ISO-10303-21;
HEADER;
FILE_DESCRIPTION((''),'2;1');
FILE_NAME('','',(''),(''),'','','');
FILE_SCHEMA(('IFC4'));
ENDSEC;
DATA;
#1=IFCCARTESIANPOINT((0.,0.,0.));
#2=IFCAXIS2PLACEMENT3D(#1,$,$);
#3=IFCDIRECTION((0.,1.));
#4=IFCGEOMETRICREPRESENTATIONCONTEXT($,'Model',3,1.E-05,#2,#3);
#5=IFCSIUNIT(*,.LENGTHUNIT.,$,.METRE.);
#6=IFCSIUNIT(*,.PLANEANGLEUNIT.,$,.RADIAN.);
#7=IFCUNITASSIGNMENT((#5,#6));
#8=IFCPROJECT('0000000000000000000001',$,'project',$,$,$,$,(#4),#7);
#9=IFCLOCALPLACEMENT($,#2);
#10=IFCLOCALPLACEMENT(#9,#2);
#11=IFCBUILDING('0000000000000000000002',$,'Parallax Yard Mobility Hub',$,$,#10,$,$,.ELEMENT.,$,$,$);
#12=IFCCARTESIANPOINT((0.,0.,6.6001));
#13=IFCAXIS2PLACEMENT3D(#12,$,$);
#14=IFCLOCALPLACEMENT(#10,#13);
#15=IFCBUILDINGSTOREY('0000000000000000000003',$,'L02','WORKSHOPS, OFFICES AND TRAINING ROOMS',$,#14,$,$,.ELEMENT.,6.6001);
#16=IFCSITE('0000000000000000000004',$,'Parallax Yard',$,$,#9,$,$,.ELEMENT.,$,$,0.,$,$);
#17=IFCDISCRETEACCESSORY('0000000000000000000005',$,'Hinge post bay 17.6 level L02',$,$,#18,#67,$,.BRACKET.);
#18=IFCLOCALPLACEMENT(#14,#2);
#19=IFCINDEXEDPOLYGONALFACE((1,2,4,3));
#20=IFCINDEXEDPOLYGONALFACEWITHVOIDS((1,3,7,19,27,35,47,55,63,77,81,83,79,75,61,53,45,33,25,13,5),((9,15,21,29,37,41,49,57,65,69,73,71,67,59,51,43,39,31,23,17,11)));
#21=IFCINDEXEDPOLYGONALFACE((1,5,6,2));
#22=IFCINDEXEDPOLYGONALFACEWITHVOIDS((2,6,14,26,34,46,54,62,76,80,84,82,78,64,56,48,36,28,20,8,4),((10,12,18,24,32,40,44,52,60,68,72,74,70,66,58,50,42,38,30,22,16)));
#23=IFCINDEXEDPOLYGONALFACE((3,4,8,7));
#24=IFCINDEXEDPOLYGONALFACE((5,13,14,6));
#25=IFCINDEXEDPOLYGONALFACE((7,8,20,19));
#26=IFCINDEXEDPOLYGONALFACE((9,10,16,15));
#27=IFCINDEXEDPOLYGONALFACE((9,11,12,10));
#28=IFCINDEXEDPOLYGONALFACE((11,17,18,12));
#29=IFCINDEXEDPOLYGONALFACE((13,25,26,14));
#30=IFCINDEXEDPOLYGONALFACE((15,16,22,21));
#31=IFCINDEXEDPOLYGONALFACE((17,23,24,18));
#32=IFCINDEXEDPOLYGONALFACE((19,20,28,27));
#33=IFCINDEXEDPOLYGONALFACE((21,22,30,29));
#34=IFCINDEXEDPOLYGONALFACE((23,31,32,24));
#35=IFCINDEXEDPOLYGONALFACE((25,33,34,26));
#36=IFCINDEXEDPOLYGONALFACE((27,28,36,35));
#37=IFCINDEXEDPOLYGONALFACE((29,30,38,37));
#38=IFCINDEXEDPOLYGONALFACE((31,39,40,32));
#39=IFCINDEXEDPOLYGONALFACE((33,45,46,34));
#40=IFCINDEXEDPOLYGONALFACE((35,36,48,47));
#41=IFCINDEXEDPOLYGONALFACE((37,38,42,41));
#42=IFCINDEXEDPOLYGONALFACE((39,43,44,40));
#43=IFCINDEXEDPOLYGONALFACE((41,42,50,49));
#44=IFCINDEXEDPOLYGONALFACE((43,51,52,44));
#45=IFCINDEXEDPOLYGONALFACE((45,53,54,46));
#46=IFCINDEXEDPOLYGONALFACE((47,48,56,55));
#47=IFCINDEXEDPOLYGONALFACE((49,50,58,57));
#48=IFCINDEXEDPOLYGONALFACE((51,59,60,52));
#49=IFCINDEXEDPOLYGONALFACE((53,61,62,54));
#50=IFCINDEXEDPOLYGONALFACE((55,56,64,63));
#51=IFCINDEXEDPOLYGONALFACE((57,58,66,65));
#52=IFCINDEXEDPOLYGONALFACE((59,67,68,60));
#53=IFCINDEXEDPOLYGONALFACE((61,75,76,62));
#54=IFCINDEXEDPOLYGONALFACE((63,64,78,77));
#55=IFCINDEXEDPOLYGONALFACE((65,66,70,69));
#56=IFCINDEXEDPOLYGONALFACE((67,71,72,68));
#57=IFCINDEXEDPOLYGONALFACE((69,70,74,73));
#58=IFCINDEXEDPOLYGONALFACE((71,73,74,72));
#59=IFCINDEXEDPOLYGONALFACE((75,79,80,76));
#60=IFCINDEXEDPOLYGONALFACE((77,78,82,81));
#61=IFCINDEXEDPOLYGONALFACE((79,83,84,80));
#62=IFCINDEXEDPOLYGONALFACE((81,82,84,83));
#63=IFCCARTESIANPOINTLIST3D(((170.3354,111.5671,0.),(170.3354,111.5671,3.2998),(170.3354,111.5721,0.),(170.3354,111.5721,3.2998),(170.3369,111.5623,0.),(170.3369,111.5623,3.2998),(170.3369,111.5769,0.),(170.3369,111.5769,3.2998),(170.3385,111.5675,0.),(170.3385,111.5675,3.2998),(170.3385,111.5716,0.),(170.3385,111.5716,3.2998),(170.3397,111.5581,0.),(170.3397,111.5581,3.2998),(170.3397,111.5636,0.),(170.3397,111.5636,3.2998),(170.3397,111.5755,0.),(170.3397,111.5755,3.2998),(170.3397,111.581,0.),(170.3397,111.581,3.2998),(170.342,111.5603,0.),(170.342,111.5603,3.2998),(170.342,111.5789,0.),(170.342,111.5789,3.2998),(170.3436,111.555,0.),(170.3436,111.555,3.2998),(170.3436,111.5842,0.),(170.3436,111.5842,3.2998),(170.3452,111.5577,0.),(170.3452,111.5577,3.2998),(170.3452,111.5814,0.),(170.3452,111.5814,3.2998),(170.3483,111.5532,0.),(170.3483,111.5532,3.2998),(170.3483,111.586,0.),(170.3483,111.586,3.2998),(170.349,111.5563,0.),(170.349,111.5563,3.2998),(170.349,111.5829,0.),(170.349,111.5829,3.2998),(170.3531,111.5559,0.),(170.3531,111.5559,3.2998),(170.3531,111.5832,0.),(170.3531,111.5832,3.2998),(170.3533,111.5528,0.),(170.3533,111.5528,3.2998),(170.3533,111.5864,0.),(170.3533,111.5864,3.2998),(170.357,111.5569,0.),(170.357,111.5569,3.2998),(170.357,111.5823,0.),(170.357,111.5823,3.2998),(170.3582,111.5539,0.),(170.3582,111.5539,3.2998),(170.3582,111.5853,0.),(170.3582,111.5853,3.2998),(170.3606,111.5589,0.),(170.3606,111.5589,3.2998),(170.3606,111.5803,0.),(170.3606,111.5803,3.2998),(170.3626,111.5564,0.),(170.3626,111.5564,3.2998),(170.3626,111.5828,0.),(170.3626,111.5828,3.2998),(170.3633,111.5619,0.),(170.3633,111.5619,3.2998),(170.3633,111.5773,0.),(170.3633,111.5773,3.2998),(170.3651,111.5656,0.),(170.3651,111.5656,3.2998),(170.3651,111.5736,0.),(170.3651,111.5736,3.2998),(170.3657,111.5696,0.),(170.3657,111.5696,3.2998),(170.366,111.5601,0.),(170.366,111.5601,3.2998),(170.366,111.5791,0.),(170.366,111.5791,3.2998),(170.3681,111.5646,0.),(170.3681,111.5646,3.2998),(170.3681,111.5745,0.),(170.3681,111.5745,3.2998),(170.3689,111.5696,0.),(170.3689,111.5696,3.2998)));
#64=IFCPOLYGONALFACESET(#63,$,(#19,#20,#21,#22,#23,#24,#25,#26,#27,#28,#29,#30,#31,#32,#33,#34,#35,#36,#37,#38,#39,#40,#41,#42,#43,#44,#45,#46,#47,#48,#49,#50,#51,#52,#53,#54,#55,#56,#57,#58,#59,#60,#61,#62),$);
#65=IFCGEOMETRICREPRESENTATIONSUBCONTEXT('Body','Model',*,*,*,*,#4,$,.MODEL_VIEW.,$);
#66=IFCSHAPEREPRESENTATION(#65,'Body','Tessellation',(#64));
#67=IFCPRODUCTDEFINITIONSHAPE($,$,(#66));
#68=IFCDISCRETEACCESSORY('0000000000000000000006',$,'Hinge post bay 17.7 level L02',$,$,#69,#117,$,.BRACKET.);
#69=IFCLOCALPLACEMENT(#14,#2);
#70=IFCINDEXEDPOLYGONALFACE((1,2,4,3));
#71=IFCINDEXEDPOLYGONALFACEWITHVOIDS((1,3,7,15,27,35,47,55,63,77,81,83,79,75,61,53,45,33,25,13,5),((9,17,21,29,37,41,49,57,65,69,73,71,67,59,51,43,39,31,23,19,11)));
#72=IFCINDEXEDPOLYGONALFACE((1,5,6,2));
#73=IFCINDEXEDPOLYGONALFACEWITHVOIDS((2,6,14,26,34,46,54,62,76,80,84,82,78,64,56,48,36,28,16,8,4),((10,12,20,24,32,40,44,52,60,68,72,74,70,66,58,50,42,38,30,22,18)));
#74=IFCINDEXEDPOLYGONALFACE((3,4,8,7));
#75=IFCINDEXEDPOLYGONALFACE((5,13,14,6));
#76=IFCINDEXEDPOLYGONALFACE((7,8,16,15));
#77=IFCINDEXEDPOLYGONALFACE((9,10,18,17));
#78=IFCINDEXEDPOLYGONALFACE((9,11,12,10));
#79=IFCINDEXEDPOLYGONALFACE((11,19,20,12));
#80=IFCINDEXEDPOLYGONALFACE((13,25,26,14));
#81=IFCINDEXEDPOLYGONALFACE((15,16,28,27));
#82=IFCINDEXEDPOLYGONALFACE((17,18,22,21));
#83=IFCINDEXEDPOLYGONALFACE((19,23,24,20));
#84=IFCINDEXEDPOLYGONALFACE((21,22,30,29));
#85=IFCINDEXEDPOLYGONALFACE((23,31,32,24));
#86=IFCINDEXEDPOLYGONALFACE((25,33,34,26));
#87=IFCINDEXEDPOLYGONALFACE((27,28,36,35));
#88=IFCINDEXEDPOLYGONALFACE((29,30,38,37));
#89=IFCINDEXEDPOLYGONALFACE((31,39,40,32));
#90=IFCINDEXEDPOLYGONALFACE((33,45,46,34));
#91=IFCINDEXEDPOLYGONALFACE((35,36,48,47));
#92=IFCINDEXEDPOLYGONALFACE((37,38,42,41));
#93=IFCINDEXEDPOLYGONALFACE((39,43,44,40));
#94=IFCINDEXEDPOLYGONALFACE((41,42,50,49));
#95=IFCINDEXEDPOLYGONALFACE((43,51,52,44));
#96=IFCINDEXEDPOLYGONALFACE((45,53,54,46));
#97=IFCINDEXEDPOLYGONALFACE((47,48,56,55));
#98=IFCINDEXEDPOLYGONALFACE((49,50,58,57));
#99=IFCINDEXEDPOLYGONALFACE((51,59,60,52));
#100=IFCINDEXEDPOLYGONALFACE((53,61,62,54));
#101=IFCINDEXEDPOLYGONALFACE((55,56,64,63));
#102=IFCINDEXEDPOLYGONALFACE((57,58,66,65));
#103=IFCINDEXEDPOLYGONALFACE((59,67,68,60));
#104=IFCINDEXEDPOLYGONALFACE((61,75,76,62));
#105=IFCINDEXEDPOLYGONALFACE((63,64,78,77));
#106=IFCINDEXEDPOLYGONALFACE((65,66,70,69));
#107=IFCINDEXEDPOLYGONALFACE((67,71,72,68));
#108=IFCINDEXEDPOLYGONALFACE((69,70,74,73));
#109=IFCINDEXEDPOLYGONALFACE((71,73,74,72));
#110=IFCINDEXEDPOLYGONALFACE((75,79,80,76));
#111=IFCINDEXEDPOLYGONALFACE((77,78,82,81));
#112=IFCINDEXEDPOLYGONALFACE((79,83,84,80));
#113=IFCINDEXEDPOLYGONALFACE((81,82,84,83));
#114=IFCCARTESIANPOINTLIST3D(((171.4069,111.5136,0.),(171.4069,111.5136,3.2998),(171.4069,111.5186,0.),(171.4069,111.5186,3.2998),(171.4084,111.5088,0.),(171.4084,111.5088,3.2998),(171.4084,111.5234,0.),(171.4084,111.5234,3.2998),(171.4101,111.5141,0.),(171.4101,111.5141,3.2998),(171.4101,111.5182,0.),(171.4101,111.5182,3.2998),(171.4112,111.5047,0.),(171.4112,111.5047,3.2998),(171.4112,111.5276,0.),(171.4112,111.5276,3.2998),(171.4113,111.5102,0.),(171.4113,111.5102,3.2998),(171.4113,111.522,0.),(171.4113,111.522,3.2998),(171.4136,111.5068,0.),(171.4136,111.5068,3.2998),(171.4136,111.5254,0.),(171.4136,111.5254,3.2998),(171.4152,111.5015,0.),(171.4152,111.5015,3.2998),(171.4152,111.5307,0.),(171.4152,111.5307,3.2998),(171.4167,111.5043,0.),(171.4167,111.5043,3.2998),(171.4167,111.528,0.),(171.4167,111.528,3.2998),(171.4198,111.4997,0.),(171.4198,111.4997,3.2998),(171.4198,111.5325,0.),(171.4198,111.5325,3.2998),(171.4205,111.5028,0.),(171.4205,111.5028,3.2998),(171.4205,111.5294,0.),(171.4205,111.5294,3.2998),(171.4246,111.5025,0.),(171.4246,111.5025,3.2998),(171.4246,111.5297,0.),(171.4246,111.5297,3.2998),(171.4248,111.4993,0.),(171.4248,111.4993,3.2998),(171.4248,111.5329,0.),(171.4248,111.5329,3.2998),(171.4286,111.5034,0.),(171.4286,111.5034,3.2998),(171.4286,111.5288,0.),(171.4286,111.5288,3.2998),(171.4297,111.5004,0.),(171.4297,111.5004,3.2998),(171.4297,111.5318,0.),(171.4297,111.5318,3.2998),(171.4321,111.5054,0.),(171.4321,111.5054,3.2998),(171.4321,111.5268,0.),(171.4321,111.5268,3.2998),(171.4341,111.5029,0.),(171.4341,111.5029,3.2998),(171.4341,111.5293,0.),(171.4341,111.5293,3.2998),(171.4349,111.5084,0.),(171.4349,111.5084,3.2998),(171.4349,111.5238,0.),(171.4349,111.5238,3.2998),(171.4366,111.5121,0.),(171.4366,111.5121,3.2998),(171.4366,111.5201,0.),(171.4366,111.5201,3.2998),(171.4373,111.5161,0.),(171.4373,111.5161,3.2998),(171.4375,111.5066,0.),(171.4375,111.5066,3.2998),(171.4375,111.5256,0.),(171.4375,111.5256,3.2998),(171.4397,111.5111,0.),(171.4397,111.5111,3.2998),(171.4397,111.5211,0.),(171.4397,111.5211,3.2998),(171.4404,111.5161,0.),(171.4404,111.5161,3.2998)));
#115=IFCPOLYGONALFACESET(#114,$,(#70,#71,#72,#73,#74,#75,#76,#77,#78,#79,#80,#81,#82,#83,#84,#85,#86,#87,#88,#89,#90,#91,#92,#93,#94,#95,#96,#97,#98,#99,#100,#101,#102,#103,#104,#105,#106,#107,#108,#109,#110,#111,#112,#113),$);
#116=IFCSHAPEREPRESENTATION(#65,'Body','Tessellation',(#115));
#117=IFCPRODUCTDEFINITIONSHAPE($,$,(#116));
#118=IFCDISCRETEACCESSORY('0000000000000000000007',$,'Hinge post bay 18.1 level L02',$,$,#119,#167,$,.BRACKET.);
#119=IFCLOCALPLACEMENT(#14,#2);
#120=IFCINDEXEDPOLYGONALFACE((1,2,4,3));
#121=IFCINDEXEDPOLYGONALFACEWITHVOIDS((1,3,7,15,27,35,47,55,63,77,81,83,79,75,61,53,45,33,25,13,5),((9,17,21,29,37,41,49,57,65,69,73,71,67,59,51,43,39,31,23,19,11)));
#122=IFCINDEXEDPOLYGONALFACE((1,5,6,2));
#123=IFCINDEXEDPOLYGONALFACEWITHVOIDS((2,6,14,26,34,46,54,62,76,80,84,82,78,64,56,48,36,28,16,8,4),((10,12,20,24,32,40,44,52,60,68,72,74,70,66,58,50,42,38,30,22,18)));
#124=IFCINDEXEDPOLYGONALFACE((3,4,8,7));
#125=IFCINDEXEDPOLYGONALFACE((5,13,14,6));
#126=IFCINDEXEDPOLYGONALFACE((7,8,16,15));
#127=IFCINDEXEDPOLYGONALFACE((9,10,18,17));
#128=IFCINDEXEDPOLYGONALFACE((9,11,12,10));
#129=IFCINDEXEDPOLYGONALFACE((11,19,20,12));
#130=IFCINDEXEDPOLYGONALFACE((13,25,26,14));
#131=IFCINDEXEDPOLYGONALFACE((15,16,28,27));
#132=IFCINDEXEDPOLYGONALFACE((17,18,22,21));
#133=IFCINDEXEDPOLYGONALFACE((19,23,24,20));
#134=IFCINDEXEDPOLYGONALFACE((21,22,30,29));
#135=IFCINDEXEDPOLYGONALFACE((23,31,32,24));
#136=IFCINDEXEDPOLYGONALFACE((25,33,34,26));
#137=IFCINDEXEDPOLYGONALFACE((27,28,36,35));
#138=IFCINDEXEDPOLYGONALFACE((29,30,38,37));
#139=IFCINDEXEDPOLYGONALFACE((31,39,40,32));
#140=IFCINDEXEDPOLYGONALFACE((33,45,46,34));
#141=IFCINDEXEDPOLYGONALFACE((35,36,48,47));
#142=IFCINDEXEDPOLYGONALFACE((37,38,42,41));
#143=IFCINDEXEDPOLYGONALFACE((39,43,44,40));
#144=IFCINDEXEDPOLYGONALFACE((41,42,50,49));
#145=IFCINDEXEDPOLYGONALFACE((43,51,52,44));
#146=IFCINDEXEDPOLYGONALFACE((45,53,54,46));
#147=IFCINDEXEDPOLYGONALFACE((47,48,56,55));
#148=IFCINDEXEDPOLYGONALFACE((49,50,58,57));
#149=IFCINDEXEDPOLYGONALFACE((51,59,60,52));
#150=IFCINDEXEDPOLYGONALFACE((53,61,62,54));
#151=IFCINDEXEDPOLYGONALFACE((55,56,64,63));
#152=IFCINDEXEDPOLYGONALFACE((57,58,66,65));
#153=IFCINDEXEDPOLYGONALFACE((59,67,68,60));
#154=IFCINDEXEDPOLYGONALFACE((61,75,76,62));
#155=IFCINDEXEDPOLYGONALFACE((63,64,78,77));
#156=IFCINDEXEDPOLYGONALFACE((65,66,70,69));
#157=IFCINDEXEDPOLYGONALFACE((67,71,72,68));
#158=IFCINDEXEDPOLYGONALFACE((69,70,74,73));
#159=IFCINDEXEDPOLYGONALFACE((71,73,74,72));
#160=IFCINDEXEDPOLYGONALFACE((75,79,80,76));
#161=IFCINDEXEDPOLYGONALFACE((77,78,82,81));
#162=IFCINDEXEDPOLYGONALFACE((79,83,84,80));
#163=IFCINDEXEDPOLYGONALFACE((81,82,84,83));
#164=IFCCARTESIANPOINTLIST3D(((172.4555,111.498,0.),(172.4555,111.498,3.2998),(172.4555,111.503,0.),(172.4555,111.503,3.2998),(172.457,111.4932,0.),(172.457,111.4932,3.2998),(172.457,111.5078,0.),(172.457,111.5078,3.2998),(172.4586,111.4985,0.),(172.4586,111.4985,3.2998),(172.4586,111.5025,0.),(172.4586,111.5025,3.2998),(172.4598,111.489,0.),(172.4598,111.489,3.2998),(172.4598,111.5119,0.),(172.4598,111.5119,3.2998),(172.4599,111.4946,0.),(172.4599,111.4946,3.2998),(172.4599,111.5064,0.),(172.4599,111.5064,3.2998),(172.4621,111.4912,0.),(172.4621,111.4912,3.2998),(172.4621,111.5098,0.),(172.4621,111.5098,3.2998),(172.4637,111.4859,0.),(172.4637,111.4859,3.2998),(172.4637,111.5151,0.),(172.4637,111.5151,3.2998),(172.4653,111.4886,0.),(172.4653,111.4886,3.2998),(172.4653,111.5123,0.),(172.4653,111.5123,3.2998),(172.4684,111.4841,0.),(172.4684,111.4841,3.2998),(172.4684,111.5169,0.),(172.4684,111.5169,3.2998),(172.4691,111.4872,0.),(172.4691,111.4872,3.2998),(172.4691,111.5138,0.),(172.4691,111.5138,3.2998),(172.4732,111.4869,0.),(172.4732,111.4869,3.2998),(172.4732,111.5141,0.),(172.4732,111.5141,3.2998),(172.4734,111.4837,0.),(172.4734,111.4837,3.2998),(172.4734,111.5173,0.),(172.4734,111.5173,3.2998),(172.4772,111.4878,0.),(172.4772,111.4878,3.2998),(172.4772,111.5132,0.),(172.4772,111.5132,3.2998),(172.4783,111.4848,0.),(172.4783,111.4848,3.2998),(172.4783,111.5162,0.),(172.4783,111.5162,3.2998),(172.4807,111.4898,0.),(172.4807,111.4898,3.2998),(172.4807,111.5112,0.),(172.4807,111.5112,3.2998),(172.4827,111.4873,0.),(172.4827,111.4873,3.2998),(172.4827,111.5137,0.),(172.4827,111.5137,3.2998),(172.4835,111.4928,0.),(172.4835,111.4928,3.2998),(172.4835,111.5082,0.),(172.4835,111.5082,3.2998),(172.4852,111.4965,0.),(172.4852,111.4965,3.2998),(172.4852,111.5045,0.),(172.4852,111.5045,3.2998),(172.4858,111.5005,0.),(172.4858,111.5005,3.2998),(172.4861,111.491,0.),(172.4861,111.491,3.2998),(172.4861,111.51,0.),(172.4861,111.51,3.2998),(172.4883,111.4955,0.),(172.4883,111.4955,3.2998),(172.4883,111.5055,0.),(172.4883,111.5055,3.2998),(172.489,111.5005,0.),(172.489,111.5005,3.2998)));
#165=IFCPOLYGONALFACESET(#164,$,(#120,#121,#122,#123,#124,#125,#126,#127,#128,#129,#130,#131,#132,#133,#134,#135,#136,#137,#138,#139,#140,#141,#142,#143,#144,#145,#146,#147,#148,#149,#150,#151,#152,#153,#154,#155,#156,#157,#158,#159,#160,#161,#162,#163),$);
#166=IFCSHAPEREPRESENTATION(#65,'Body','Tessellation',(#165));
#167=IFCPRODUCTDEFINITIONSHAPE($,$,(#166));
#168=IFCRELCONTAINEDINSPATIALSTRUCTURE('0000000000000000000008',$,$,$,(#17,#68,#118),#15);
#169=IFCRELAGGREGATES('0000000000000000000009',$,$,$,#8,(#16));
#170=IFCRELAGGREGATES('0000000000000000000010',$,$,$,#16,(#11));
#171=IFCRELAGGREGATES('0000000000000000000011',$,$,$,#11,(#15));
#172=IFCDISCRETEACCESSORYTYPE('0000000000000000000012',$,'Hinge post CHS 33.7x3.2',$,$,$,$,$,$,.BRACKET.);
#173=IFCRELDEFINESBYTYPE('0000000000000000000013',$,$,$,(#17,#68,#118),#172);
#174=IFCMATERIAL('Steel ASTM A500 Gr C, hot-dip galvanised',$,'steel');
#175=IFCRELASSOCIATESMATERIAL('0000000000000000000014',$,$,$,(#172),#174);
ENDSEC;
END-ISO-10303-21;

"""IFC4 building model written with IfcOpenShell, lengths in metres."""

from ifc_helpers import new_model, si_unit, direction, frame, origin, origin_2d, place, context, subcontext, project, spatial, hollow_circle, extrude, material, material_profile, profile_set, type_object, element, save


model = new_model("IFC4")

# Units and contexts
model_context = context("Model", 3, precision=1e-05, world=origin(), true_north=direction((0.0, 1.0)))
body_context = subcontext(model_context, "Body", "Model", "MODEL_VIEW")
ifc_project = project(units=[si_unit("LENGTHUNIT", "METRE"), si_unit("PLANEANGLEUNIT", "RADIAN")], contexts=[model_context])

# Site, building, storey
site_placement = place(None, origin())
site = spatial("IfcSite", under=ifc_project, at=site_placement, Name="Parallax Yard", CompositionType="ELEMENT", RefElevation=0.0)
building_placement = place(site_placement, origin())
building = spatial("IfcBuilding", under=site, at=building_placement, Name="Parallax Yard Mobility Hub", CompositionType="ELEMENT")
storey_placement = place(building_placement, frame((0.0, 0.0, 6.6001)))
storey = spatial("IfcBuildingStorey", under=building, at=storey_placement, Name="L02", Description="WORKSHOPS, OFFICES AND TRAINING ROOMS", CompositionType="ELEMENT", Elevation=6.6001)

# Discrete accessories
ifc_material_1 = material(Name="Steel ASTM A500 Gr C, hot-dip galvanised", Category="steel")
ifc_material_profile = material_profile(ifc_material_1, hollow_circle(Radius=0.0168, WallThickness=0.0032, at=origin_2d()), Name="CHS 33.7x3.2")
ifc_profile_set = profile_set([ifc_material_profile], Name="Steel ASTM A500 Gr C, hot-dip galvanised")
discrete_accessory_type_1 = type_object("IfcDiscreteAccessoryType", Name="Hinge post CHS 33.7x3.2", PredefinedType="BRACKET", material=ifc_profile_set)
for number, where, z_axis, x_axis, name in (
    (1, (170.3521, 111.5696, 0.0), (0.0, 0.0, 1.0), (1.0, 0.0, 0.0), "Hinge post bay 17.6 level L02"),
    (2, (171.4236, 111.5161, 0.0), (0.0, 0.0, 1.0), (1.0, 0.0, 0.0), "Hinge post bay 17.7 level L02"),
    (3, (172.4722, 111.5005, 0.0), (0.0, 0.0, 1.0), (1.0, 0.0, 0.0), "Hinge post bay 18.1 level L02"),
):
    element("IfcDiscreteAccessory", number, at=place(storey_placement, frame(where, z_axis=z_axis, x_axis=x_axis)), inside=storey, type_object=discrete_accessory_type_1, Name=name, PredefinedType="BRACKET", context=body_context, shape_type="SweptSolid", body=[
        extrude(hollow_circle(Radius=0.0168, WallThickness=0.0032, at=origin_2d()), origin(), (0.0, 0.0, 1.0), 3.2998),
    ])

save(model, "model.ifc")
